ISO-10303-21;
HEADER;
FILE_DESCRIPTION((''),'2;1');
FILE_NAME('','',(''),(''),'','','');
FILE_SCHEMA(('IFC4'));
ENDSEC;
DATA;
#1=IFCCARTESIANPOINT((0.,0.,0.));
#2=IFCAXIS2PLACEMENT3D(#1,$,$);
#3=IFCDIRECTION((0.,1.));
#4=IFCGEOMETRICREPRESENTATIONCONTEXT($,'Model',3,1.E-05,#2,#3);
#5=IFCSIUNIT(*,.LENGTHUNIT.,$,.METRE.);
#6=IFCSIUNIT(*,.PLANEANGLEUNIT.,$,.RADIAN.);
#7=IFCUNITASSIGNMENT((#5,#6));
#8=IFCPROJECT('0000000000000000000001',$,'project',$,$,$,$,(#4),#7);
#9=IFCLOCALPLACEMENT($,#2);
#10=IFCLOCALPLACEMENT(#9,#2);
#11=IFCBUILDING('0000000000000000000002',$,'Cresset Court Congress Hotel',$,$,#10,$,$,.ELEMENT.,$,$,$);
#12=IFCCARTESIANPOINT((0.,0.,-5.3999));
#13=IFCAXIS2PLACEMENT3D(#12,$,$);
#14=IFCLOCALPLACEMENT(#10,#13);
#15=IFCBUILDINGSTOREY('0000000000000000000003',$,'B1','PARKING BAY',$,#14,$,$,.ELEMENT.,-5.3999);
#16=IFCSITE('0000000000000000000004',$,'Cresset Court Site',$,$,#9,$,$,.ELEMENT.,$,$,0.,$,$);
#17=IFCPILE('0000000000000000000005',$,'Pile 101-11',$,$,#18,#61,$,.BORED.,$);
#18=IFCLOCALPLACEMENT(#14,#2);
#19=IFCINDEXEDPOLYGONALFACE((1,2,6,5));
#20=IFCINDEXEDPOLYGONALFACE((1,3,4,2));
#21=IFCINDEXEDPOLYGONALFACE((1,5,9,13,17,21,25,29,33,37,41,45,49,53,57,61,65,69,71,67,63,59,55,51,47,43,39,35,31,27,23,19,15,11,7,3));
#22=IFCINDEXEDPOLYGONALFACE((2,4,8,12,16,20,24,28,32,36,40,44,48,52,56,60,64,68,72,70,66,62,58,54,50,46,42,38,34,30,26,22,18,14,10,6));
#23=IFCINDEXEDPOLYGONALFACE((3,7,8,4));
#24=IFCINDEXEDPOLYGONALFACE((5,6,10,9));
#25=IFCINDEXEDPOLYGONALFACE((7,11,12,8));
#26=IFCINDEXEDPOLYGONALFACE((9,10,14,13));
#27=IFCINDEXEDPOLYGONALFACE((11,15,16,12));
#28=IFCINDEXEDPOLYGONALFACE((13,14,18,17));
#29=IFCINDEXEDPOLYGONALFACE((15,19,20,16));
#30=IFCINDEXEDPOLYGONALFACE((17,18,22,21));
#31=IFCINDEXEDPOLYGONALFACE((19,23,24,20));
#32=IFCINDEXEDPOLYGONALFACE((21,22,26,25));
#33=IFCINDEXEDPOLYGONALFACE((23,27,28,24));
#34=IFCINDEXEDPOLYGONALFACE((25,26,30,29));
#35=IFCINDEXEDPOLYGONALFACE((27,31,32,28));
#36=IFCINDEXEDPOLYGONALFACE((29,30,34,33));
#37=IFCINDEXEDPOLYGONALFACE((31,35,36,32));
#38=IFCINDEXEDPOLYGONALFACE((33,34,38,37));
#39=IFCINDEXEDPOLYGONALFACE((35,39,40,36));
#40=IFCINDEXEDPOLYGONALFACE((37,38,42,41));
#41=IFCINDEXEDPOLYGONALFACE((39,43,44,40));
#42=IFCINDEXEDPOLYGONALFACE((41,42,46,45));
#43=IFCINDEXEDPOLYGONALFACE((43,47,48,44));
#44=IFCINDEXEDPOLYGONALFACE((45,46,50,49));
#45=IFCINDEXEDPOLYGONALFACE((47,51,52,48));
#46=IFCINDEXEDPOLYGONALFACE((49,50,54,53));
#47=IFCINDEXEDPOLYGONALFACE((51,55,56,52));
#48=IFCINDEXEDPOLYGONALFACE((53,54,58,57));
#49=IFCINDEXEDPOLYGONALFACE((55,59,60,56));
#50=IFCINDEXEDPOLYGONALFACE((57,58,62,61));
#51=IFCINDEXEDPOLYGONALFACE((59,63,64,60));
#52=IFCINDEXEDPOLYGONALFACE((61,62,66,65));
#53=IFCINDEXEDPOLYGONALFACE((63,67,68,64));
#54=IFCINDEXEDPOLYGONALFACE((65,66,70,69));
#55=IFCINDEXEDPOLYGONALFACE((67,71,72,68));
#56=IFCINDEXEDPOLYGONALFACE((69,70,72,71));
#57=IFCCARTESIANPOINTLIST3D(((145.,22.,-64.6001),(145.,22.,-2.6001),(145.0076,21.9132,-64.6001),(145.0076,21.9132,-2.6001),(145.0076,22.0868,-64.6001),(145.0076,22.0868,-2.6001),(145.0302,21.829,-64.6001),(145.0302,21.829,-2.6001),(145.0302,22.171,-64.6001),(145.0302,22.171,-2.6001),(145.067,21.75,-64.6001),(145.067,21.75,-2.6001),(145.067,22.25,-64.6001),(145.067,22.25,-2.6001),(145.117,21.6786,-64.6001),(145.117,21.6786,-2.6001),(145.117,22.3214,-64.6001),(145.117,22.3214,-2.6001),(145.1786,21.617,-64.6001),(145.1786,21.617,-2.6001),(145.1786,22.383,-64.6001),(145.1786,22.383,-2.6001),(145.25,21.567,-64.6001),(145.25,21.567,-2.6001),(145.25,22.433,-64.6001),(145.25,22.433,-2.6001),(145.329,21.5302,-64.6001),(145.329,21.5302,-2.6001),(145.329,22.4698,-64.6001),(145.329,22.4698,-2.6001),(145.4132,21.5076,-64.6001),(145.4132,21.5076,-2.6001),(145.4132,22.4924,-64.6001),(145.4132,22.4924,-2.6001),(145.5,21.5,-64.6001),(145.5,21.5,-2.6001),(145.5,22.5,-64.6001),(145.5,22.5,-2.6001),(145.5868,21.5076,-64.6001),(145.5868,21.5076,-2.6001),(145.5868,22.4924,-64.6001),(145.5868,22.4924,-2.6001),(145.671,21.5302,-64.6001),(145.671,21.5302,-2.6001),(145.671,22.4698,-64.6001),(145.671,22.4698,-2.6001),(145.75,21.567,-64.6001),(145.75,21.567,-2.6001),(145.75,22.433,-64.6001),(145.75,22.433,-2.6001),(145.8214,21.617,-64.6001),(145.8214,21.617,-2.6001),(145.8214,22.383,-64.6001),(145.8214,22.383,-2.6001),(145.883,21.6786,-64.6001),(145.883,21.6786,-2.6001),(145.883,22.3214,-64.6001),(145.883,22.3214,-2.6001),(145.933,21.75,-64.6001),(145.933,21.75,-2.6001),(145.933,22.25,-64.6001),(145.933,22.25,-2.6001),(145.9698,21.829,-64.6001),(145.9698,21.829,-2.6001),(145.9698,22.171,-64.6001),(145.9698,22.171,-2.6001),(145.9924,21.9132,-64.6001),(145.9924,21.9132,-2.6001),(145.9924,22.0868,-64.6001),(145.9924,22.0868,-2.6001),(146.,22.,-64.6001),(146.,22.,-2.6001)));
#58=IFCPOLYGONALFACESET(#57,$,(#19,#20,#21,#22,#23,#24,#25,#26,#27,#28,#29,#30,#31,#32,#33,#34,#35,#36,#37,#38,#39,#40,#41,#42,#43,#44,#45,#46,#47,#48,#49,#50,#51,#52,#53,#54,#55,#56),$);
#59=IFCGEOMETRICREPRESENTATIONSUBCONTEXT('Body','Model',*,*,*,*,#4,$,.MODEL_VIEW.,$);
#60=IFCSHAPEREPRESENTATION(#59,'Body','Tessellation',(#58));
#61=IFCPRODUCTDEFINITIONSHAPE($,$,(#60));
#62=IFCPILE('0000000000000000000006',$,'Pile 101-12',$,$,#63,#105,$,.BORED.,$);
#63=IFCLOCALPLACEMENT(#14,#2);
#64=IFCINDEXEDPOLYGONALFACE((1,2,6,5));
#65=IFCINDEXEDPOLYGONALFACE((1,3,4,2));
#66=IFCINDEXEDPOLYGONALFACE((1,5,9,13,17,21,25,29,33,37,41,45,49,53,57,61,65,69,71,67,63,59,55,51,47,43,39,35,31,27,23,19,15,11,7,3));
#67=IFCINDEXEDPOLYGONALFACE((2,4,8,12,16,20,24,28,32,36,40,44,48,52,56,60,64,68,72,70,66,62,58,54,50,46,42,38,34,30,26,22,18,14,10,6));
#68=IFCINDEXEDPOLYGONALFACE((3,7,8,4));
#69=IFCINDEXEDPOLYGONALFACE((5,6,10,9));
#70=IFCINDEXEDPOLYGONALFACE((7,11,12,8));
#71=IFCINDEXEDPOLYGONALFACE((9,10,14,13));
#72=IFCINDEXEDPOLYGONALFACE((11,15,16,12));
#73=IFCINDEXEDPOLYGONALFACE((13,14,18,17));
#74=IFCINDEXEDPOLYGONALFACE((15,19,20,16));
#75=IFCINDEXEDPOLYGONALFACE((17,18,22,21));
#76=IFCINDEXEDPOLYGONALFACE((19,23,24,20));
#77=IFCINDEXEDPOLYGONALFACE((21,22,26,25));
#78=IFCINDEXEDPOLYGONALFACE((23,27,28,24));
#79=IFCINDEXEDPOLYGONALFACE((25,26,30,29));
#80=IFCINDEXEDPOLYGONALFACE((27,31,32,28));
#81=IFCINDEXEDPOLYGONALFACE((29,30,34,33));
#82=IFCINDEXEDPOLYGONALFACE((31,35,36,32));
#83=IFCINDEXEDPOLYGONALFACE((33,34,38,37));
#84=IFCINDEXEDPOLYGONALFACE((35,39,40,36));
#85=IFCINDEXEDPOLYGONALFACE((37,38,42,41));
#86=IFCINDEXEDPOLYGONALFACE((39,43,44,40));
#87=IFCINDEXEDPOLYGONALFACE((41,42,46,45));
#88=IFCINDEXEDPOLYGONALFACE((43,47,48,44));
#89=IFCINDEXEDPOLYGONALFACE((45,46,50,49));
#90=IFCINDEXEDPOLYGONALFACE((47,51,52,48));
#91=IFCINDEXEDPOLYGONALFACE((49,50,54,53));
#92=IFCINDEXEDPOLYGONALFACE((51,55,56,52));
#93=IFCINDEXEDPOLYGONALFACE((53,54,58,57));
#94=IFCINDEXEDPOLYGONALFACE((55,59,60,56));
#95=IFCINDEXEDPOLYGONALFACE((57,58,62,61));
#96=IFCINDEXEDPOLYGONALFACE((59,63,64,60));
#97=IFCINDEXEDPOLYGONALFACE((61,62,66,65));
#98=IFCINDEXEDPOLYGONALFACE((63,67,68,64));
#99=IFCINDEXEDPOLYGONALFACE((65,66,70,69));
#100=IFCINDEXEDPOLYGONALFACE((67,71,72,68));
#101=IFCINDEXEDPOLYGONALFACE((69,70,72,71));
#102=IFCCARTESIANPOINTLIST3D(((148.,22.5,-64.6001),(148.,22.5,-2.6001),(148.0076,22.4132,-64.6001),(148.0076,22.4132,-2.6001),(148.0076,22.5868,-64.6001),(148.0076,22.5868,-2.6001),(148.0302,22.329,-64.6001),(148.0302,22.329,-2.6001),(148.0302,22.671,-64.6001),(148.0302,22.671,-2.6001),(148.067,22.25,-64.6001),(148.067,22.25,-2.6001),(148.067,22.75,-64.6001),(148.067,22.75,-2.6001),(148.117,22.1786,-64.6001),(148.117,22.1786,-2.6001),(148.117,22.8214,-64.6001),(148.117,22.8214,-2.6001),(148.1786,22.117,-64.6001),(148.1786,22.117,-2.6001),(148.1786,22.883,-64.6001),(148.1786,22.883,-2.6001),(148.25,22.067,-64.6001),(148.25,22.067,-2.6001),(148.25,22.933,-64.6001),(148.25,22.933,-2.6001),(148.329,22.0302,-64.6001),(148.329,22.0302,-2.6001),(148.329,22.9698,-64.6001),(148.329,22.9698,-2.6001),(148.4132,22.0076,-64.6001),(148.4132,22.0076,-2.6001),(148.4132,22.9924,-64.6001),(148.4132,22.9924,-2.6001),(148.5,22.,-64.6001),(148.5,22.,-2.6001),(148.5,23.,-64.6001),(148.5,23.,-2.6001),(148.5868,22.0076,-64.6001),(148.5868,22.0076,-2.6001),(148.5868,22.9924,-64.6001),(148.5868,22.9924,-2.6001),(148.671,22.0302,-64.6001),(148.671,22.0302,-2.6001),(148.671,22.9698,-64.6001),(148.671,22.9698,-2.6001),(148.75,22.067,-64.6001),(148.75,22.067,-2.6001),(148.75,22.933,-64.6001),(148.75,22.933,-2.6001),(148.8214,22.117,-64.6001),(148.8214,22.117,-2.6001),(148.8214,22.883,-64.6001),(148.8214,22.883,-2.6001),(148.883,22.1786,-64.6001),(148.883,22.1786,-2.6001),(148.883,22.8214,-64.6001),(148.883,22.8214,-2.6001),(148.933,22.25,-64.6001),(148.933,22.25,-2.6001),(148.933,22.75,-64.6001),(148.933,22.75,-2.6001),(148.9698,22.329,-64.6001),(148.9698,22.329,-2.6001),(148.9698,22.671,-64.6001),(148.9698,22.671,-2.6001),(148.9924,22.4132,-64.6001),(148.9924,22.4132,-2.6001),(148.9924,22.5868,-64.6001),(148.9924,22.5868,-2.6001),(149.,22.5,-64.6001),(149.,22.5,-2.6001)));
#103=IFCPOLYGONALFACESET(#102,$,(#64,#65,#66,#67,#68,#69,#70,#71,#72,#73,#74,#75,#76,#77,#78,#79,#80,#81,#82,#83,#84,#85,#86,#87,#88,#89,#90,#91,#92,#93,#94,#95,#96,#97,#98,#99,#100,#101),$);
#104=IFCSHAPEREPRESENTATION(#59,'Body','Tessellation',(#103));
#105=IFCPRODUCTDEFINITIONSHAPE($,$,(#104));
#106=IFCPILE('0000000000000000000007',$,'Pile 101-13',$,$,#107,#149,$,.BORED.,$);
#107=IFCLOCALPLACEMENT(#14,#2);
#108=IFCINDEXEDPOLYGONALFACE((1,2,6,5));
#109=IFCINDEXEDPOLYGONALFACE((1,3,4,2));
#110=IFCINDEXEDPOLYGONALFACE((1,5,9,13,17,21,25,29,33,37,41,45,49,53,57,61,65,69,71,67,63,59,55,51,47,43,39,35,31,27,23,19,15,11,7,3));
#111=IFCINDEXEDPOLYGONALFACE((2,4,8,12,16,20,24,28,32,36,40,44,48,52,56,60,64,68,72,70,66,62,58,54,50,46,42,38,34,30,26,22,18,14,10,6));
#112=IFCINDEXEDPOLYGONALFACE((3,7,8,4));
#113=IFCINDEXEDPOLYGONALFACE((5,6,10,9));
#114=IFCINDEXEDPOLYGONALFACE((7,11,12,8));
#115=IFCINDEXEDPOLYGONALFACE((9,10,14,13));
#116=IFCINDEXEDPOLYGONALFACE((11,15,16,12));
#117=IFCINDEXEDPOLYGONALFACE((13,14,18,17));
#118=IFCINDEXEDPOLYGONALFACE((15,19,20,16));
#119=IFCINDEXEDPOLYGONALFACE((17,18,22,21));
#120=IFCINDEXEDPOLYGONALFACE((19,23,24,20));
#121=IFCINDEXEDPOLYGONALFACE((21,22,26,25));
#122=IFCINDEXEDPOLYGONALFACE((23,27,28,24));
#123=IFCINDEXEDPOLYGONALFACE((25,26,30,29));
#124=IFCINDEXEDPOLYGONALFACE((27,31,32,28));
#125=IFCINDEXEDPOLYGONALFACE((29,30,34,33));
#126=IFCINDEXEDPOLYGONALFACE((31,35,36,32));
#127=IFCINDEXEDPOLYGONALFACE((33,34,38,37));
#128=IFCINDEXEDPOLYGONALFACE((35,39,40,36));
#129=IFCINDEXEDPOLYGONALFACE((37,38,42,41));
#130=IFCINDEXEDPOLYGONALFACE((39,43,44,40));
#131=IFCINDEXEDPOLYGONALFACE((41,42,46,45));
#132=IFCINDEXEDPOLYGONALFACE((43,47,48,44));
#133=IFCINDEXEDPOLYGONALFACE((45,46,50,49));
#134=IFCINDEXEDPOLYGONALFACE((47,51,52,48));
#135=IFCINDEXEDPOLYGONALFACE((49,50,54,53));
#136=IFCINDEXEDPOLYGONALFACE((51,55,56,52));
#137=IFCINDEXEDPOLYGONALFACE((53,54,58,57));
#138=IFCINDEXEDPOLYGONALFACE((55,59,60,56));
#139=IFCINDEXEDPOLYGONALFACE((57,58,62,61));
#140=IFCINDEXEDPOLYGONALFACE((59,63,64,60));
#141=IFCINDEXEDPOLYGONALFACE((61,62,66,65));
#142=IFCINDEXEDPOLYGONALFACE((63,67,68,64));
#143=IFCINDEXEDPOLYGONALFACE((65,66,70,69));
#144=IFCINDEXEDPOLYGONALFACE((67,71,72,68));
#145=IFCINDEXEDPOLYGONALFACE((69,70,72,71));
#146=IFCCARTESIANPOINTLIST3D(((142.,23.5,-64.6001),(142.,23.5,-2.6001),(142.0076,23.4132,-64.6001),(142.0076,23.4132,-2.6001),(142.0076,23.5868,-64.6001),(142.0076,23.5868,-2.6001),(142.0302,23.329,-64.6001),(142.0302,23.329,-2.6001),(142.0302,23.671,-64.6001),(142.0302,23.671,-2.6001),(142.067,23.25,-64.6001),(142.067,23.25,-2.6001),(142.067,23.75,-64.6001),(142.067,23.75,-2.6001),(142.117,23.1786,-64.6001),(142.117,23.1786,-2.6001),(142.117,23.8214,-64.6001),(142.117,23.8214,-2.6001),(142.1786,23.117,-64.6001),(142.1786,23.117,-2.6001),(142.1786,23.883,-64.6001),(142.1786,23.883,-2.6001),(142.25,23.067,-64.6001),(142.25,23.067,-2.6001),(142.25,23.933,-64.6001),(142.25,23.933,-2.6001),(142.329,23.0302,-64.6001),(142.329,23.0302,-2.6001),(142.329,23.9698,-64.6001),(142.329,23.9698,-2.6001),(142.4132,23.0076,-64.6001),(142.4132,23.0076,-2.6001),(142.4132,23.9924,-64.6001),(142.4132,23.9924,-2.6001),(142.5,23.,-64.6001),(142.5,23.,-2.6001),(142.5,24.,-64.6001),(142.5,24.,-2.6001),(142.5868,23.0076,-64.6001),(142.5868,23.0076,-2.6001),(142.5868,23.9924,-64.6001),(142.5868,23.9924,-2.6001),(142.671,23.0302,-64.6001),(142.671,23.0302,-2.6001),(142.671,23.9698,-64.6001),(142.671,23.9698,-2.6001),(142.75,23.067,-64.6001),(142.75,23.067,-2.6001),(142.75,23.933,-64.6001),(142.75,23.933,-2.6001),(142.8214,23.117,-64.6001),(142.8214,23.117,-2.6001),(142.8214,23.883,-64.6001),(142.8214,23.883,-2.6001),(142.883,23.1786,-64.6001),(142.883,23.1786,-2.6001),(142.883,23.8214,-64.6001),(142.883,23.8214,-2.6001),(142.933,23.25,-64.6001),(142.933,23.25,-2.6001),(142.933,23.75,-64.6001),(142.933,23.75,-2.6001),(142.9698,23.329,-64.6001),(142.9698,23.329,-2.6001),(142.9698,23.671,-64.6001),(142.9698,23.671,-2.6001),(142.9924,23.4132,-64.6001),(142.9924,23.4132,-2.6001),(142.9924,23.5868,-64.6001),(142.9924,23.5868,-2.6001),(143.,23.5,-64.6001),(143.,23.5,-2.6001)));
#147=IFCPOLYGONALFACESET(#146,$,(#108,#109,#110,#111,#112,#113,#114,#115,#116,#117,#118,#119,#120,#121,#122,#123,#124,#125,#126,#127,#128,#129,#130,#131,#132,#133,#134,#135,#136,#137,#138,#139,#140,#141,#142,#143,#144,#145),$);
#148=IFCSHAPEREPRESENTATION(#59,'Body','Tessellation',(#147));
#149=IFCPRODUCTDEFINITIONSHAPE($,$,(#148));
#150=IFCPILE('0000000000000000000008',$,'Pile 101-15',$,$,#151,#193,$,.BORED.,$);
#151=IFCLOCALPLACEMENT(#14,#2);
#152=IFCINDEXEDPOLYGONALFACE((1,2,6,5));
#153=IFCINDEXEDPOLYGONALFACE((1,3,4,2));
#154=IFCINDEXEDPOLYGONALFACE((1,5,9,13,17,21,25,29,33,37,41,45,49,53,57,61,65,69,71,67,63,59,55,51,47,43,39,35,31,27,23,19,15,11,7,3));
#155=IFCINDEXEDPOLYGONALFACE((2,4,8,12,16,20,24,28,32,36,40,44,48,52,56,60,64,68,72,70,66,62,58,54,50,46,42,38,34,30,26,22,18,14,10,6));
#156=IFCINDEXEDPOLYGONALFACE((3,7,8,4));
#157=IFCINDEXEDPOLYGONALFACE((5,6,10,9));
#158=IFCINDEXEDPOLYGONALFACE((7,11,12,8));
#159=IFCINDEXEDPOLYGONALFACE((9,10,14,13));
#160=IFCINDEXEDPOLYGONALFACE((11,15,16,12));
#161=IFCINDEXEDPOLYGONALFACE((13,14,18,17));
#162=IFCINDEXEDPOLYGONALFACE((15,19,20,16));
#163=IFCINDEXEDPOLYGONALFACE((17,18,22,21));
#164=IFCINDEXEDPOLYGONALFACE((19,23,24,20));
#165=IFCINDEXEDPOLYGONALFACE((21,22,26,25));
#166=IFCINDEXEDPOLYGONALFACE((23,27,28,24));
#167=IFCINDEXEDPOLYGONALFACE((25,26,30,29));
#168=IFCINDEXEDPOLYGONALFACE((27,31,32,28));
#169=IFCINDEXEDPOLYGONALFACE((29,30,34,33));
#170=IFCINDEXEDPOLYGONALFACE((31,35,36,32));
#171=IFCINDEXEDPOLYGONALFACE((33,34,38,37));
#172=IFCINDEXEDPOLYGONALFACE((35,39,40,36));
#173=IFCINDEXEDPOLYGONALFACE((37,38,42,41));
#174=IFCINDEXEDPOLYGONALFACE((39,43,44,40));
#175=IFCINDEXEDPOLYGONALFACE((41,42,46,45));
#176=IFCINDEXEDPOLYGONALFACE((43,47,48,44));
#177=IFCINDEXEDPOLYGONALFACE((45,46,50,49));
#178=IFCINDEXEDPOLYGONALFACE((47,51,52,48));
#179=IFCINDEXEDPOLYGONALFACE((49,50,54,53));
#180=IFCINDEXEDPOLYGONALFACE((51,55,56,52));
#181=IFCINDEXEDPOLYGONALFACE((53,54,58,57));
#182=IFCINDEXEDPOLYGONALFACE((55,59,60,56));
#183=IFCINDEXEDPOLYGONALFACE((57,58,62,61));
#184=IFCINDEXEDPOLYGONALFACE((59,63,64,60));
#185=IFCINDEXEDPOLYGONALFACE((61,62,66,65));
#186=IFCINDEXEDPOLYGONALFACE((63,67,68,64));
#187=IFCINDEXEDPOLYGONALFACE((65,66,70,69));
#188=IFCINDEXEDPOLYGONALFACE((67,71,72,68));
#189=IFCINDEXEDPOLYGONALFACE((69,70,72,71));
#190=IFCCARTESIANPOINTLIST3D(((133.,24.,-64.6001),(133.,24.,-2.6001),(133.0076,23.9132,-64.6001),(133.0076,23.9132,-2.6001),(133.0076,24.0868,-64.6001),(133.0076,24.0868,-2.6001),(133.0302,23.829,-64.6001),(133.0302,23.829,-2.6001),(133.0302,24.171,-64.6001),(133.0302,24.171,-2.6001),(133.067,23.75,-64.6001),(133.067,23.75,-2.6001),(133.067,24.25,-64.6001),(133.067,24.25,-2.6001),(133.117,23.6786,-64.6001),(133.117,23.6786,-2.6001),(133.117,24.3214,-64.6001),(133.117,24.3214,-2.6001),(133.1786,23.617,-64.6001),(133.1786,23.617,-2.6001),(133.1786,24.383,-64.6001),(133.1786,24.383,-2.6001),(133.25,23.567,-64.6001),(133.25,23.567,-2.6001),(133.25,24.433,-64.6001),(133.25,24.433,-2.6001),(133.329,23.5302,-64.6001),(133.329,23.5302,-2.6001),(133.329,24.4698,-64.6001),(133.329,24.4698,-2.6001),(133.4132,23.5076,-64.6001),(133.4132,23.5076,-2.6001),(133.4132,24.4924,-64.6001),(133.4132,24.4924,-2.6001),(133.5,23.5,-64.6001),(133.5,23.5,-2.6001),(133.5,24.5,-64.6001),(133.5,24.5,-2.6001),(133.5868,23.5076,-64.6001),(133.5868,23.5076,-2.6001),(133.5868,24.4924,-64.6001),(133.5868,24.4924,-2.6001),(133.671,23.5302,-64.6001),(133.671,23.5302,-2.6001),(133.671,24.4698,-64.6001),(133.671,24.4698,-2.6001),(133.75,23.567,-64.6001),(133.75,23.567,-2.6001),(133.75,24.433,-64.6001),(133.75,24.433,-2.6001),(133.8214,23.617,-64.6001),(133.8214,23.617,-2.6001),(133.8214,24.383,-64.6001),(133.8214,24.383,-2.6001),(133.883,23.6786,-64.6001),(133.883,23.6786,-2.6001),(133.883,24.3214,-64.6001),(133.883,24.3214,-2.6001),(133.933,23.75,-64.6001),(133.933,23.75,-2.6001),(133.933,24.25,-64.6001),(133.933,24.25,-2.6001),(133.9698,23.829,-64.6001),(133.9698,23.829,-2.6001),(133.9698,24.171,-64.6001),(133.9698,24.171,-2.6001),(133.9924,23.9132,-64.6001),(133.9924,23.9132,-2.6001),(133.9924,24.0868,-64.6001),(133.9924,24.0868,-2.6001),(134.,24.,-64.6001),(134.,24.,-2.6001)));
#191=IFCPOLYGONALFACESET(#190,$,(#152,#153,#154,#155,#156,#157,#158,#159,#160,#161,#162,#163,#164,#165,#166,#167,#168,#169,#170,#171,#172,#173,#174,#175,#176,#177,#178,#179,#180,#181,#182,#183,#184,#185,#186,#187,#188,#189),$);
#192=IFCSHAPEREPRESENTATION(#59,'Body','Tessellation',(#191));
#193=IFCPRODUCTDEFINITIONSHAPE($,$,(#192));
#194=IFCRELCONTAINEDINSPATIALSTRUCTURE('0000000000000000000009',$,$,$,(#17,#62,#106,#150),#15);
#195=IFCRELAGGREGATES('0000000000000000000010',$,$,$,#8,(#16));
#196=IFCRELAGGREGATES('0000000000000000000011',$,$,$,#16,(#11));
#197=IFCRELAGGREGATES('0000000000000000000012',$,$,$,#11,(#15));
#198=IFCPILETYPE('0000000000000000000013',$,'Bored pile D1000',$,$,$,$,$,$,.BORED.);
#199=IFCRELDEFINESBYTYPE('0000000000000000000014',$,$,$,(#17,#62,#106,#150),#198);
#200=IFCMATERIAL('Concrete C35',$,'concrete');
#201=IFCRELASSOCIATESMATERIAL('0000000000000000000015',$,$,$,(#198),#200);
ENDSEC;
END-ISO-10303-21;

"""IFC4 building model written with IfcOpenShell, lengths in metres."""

from ifc_helpers import new_model, si_unit, direction, frame, origin, origin_2d, place, context, subcontext, project, spatial, circle, extrude, material, type_object, element, save


model = new_model("IFC4")

# Units and contexts
model_context = context("Model", 3, precision=1e-05, world=origin(), true_north=direction((0.0, 1.0)))
body_context = subcontext(model_context, "Body", "Model", "MODEL_VIEW")
ifc_project = project(units=[si_unit("LENGTHUNIT", "METRE"), si_unit("PLANEANGLEUNIT", "RADIAN")], contexts=[model_context])

# Site, building, storey
site_placement = place(None, origin())
site = spatial("IfcSite", under=ifc_project, at=site_placement, Name="Cresset Court Site", CompositionType="ELEMENT", RefElevation=0.0)
building_placement = place(site_placement, origin())
building = spatial("IfcBuilding", under=site, at=building_placement, Name="Cresset Court Congress Hotel", CompositionType="ELEMENT")
storey_placement = place(building_placement, frame((0.0, 0.0, -5.3999)))
storey = spatial("IfcBuildingStorey", under=building, at=storey_placement, Name="B1", Description="PARKING BAY", CompositionType="ELEMENT", Elevation=-5.3999)

# Piles
ifc_material_1 = material(Name="Concrete C35", Category="concrete")
pile_type = type_object("IfcPileType", Name="Bored pile D1000", PredefinedType="BORED", material=ifc_material_1)
for number, where, z_axis, x_axis, name in (
    (1, (145.5, 22.0, -2.6001), (0.0, 0.0, -1.0), (1.0, 0.0, 0.0), "Pile 101-11"),
    (2, (148.5, 22.5, -2.6001), (0.0, 0.0, -1.0), (1.0, 0.0, 0.0), "Pile 101-12"),
    (3, (142.5, 23.5, -2.6001), (0.0, 0.0, -1.0), (1.0, 0.0, 0.0), "Pile 101-13"),
    (4, (133.5, 24.0, -2.6001), (0.0, 0.0, -1.0), (1.0, 0.0, 0.0), "Pile 101-15"),
):
    element("IfcPile", number, at=place(storey_placement, frame(where, z_axis=z_axis, x_axis=x_axis)), inside=storey, type_object=pile_type, Name=name, PredefinedType="BORED", context=body_context, shape_type="SweptSolid", body=[
        extrude(circle(Radius=0.5, at=origin_2d()), origin(), (0.0, 0.0, 1.0), 62.0),
    ])

save(model, "model.ifc")
